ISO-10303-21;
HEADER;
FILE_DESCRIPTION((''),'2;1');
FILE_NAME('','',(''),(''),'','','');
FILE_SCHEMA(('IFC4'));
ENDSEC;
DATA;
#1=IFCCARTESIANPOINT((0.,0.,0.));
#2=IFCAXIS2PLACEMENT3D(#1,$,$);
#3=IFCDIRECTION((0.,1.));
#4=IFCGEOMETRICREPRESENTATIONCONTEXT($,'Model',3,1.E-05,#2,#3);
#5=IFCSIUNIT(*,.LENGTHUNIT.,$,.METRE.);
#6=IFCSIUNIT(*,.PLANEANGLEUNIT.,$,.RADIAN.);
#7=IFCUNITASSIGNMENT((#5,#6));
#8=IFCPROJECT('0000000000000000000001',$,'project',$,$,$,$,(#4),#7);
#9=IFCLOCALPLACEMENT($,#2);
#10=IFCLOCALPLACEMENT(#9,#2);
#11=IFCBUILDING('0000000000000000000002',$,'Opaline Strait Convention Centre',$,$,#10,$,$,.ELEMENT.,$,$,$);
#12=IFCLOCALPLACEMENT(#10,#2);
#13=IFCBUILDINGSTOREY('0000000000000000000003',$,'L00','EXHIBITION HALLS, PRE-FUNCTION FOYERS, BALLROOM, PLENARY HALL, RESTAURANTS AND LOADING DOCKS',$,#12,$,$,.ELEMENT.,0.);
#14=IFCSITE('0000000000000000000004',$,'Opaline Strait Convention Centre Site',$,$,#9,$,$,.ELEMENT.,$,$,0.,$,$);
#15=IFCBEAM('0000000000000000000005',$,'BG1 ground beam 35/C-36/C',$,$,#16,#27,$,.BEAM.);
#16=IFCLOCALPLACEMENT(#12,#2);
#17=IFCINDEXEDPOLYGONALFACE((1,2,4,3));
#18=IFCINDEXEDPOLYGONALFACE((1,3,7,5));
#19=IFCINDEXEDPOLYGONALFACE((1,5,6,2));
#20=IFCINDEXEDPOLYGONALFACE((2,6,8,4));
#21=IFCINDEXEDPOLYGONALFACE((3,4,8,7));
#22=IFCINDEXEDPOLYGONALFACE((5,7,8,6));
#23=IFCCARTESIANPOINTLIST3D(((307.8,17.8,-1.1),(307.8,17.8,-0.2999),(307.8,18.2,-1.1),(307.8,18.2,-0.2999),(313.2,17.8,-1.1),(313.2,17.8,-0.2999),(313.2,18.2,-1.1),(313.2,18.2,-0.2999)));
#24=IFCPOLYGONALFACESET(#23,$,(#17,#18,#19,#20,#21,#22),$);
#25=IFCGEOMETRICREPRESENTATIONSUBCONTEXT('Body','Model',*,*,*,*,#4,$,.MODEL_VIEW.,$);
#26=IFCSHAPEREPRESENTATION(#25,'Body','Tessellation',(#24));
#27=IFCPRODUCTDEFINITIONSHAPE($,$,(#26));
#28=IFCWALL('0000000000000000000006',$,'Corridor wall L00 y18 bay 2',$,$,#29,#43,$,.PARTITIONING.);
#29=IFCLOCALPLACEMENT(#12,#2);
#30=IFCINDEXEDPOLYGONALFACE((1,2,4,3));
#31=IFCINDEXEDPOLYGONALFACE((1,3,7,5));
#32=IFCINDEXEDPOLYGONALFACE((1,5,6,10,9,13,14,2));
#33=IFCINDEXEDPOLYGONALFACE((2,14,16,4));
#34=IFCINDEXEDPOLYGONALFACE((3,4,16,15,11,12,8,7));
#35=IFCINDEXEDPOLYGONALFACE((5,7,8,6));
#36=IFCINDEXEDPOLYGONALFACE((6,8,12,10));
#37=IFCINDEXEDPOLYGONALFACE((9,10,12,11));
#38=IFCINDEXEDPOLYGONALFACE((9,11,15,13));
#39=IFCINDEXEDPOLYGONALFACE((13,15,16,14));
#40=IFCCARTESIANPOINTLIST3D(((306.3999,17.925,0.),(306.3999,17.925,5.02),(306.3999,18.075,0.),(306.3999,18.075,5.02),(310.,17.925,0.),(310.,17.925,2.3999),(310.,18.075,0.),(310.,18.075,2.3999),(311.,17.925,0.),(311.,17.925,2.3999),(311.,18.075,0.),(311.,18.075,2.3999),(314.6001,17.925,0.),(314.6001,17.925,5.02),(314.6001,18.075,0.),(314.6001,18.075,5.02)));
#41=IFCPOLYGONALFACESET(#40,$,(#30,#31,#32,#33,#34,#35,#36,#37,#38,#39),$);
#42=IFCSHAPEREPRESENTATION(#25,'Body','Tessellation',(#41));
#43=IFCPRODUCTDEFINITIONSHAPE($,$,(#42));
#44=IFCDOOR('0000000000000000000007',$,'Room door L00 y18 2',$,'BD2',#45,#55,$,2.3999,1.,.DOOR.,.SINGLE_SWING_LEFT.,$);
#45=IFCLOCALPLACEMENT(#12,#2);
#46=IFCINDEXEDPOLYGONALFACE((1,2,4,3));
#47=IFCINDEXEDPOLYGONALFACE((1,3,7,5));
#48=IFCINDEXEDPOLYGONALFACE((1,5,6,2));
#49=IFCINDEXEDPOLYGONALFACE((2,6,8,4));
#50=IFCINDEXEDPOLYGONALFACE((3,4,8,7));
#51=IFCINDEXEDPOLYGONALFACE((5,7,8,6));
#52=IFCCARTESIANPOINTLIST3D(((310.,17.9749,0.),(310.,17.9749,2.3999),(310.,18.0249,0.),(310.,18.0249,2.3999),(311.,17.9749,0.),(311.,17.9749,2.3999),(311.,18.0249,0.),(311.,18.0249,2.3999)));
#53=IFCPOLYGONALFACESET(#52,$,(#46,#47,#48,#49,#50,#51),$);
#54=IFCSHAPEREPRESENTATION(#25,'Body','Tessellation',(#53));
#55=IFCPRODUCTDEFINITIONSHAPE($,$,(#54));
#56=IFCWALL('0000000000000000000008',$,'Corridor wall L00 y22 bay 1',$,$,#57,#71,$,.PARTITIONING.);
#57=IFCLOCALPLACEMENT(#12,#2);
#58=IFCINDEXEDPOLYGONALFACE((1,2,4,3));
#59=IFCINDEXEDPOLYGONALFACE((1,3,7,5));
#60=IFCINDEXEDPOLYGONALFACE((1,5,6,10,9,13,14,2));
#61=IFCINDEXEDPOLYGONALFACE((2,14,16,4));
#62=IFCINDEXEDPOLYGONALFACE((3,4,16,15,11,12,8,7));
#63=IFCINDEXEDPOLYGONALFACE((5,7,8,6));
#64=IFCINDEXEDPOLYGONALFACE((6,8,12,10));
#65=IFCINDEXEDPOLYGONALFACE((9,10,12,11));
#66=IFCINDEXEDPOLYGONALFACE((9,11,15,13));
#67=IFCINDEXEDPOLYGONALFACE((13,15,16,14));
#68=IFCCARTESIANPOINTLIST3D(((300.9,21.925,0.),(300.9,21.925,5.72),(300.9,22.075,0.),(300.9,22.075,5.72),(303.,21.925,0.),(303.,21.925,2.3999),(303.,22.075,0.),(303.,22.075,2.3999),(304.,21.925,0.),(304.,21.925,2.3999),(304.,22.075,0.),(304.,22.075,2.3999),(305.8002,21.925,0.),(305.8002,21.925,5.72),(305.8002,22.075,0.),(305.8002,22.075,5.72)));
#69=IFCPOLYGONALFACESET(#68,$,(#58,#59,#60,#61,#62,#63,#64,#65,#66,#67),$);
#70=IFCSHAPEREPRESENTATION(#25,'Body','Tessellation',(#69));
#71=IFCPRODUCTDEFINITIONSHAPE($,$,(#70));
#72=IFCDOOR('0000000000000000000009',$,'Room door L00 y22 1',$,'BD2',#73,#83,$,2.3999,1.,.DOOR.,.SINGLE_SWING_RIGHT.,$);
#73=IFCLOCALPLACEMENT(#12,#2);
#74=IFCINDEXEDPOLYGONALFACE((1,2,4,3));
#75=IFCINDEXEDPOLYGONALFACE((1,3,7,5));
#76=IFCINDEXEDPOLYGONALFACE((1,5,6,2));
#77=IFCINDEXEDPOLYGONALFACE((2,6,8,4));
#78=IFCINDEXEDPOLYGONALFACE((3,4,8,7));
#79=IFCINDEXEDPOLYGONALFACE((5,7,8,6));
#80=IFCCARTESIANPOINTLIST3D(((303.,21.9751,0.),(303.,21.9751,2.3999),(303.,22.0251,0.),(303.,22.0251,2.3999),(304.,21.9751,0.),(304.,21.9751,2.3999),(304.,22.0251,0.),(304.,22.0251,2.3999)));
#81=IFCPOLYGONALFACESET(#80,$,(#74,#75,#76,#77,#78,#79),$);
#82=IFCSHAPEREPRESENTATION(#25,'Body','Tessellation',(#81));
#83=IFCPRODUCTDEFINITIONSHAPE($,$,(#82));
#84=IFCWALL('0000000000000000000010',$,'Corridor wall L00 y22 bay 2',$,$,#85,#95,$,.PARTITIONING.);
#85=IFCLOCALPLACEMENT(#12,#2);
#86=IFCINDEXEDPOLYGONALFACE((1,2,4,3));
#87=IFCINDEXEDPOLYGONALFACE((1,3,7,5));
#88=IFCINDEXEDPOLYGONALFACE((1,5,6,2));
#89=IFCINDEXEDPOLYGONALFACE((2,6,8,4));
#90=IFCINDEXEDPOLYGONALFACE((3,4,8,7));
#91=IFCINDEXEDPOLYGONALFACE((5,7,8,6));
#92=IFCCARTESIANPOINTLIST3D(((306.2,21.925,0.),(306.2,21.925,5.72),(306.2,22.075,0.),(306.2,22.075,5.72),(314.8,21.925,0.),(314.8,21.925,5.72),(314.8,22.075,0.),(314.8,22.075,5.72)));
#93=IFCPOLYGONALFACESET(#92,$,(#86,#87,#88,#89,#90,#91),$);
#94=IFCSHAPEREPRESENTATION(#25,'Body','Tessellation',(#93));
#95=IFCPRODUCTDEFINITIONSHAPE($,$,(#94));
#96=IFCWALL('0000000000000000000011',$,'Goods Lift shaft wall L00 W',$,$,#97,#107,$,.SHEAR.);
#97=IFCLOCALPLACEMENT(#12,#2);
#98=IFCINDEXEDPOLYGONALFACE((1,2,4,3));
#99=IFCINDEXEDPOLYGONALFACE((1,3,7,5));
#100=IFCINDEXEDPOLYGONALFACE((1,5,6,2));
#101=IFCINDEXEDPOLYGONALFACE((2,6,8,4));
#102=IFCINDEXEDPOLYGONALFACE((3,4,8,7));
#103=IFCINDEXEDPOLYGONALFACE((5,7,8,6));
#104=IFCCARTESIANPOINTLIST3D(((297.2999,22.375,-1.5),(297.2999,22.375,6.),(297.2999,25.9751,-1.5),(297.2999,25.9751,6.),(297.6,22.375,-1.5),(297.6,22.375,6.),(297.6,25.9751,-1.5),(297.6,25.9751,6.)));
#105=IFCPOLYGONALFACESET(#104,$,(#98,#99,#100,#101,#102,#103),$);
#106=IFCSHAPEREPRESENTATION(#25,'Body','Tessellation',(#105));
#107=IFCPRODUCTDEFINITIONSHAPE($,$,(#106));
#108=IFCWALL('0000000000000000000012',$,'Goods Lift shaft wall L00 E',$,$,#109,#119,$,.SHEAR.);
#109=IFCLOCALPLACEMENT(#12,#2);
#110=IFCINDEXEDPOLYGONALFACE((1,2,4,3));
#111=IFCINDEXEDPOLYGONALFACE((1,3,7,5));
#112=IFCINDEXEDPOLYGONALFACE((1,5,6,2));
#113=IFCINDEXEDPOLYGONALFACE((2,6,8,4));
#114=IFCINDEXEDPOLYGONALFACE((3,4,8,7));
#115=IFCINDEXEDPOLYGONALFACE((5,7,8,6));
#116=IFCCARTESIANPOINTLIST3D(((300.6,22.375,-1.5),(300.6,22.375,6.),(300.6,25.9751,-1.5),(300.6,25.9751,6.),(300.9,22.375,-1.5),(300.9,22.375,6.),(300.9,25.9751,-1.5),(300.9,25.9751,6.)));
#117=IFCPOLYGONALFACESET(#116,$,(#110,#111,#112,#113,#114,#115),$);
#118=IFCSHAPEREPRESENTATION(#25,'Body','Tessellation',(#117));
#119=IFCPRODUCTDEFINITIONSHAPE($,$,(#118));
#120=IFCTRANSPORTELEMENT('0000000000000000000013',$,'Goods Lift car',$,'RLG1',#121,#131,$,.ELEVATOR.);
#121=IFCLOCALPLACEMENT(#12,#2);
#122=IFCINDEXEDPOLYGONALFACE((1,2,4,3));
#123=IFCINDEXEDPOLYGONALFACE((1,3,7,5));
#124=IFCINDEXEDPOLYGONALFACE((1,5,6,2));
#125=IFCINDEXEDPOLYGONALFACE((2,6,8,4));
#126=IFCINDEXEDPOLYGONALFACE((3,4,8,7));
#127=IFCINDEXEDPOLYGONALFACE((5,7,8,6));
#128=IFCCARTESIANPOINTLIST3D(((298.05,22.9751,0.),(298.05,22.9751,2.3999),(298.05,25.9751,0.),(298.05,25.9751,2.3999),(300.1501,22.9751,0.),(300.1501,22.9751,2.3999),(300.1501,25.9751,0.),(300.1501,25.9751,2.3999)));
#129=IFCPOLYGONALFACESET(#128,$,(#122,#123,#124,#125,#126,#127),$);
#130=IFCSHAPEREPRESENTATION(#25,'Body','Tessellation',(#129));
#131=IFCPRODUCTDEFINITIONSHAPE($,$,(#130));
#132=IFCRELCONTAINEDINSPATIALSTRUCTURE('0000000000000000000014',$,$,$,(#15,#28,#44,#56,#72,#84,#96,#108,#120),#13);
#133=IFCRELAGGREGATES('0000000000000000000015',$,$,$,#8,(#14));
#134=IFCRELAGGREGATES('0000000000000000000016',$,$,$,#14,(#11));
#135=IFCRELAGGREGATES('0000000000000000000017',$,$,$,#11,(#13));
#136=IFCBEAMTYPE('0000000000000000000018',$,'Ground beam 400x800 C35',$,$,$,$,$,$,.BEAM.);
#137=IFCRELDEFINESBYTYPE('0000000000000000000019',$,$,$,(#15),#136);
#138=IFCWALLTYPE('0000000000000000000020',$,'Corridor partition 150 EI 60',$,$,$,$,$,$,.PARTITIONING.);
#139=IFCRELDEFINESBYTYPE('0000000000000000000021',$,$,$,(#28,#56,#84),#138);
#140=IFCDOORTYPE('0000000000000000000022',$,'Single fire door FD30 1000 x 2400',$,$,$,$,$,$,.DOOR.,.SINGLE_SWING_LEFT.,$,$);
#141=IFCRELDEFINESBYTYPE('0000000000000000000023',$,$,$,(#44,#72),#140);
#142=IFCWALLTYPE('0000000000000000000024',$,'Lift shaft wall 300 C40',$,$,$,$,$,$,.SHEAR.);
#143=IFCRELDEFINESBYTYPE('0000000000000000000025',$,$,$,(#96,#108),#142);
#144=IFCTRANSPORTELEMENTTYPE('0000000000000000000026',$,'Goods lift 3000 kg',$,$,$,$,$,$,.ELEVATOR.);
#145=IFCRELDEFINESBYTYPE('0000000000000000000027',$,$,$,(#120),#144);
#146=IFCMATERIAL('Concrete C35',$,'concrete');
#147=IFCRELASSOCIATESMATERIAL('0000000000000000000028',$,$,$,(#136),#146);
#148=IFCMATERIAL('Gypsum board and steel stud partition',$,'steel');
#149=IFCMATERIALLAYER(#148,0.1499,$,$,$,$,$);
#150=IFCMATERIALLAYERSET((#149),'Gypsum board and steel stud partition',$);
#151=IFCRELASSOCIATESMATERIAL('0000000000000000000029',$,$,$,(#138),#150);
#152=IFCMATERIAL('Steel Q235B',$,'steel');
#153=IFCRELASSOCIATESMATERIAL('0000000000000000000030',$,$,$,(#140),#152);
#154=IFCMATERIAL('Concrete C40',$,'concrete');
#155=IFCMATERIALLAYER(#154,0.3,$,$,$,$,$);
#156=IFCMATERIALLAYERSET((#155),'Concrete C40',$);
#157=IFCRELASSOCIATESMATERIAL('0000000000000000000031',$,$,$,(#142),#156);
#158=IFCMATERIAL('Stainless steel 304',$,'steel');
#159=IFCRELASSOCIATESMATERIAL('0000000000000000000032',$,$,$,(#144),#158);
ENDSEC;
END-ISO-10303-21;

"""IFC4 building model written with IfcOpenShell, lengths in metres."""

from ifc_helpers import new_model, si_unit, direction, frame, frame_2d, origin, origin_2d, place, context, subcontext, project, spatial, rectangle, extrude, material, layer, layer_set, material_profile, profile_set, type_object, element, fill, save


model = new_model("IFC4")

# Units and contexts
model_context = context("Model", 3, precision=1e-05, world=origin(), true_north=direction((0.0, 1.0)))
body_context = subcontext(model_context, "Body", "Model", "MODEL_VIEW")
ifc_project = project(units=[si_unit("LENGTHUNIT", "METRE"), si_unit("PLANEANGLEUNIT", "RADIAN")], contexts=[model_context])

# Site, building, storey
site_placement = place(None, origin())
site = spatial("IfcSite", under=ifc_project, at=site_placement, Name="Opaline Strait Convention Centre Site", CompositionType="ELEMENT", RefElevation=0.0)
building_placement = place(site_placement, origin())
building = spatial("IfcBuilding", under=site, at=building_placement, Name="Opaline Strait Convention Centre", CompositionType="ELEMENT")
storey_placement = place(building_placement, origin())
storey = spatial("IfcBuildingStorey", under=building, at=storey_placement, Name="L00", Description="EXHIBITION HALLS, PRE-FUNCTION FOYERS, BALLROOM, PLENARY HALL, RESTAURANTS AND LOADING DOCKS", CompositionType="ELEMENT", Elevation=0.0)

# Shared definitions
ifc_material_1 = material(Name="Concrete C35", Category="concrete")

# Shared definitions
ifc_material_2 = material(Name="Concrete C40", Category="concrete")

# Beam
ifc_material_profile_1 = material_profile(ifc_material_1, rectangle(XDim=0.3999, YDim=0.8, at=origin_2d()), Name="RC 400x800")
ifc_profile_set_1 = profile_set([ifc_material_profile_1], Name="Concrete C35")
beam_type = type_object("IfcBeamType", Name="Ground beam 400x800 C35", PredefinedType="BEAM", material=ifc_profile_set_1)
for number, where, z_axis, x_axis, name in (
    (1, (307.8, 18.0, -0.7), (1.0, 0.0, 0.0), (0.0, 1.0, 0.0), "BG1 ground beam 35/C-36/C"),
):
    element("IfcBeam", number, at=place(storey_placement, frame(where, z_axis=z_axis, x_axis=x_axis)), inside=storey, type_object=beam_type, Name=name, PredefinedType="BEAM", context=body_context, shape_type="SweptSolid", body=[
        extrude(rectangle(XDim=0.3999, YDim=0.8, at=origin_2d()), origin(), (0.0, 0.0, 1.0), 5.3999),
    ])

# Walls, openings, doors
ifc_material_3 = material(Name="Gypsum board and steel stud partition", Category="steel")
ifc_layer_1 = layer(ifc_material_3, 0.1499)
ifc_layer_set_1 = layer_set([ifc_layer_1], Name="Gypsum board and steel stud partition")
wall_type_1 = type_object("IfcWallType", Name="Corridor partition 150 EI 60", PredefinedType="PARTITIONING", material=ifc_layer_set_1)
wall_1_placement = place(storey_placement, frame((306.3999, 18.0, 0.0), z_axis=(0.0, 0.0, 1.0), x_axis=(1.0, 0.0, 0.0)))
wall_1 = element("IfcWall", 2, at=wall_1_placement, inside=storey, type_object=wall_type_1, Name="Corridor wall L00 y18 bay 2", PredefinedType="PARTITIONING", context=body_context, shape_type="SweptSolid", body=[
    extrude(rectangle(XDim=8.2002, YDim=0.1499, at=frame_2d((4.1001, 0.0))), origin(), (0.0, 0.0, 1.0), 5.02),
])
opening_1_placement = place(wall_1_placement, frame((3.6001, 0.0, 0.0)))
opening_1 = element("IfcOpeningElement", 3, at=opening_1_placement, cuts=wall_1, PredefinedType="OPENING", context=body_context, shape_type="SweptSolid", body=[
    extrude(rectangle(XDim=1.0, YDim=2.3999, at=frame_2d((0.5, 1.2))), frame((0.0, 0.085, 0.0), z_axis=(0.0, -1.0, 0.0), x_axis=(1.0, 0.0, 0.0)), (0.0, 0.0, 1.0), 0.1699),
])
ifc_material_4 = material(Name="Steel Q235B", Category="steel")
door_type = type_object("IfcDoorType", Name="Single fire door FD30 1000 x 2400", OperationType="SINGLE_SWING_LEFT", PredefinedType="DOOR", material=ifc_material_4)
door_1_placement = place(opening_1_placement, origin())
door_1 = element("IfcDoor", 4, at=door_1_placement, inside=storey, type_object=door_type, Name="Room door L00 y18 2", ObjectType="BD2", OperationType="SINGLE_SWING_LEFT", OverallHeight=2.3999, OverallWidth=1.0, PredefinedType="DOOR", context=body_context, shape_type="SweptSolid", body=[
    extrude(rectangle(XDim=1.0, YDim=2.3999, at=frame_2d((0.5, 1.2))), frame((0.0, 0.0249, 0.0), z_axis=(0.0, -1.0, 0.0), x_axis=(1.0, 0.0, 0.0)), (0.0, 0.0, 1.0), 0.05),
])
fill(opening_1, door_1)
wall_2_placement = place(storey_placement, frame((300.8999, 22.0, 0.0), z_axis=(0.0, 0.0, 1.0), x_axis=(1.0, 0.0, 0.0)))
wall_2 = element("IfcWall", 5, at=wall_2_placement, inside=storey, type_object=wall_type_1, Name="Corridor wall L00 y22 bay 1", PredefinedType="PARTITIONING", context=body_context, shape_type="SweptSolid", body=[
    extrude(rectangle(XDim=4.9001, YDim=0.1499, at=frame_2d((2.4502, 0.0))), origin(), (0.0, 0.0, 1.0), 5.72),
])
opening_2_placement = place(wall_2_placement, frame((2.1001, 0.0, 0.0)))
opening_2 = element("IfcOpeningElement", 6, at=opening_2_placement, cuts=wall_2, PredefinedType="OPENING", context=body_context, shape_type="SweptSolid", body=[
    extrude(rectangle(XDim=1.0, YDim=2.3999, at=frame_2d((0.5, 1.2))), frame((0.0, 0.085, 0.0), z_axis=(0.0, -1.0, 0.0), x_axis=(1.0, 0.0, 0.0)), (0.0, 0.0, 1.0), 0.1699),
])
door_2_placement = place(opening_2_placement, frame((1.0, 0.0, 0.0), z_axis=(0.0, 0.0, 1.0), x_axis=(-1.0, 0.0, 0.0)))
door_2 = element("IfcDoor", 7, at=door_2_placement, inside=storey, type_object=door_type, Name="Room door L00 y22 1", ObjectType="BD2", OperationType="SINGLE_SWING_RIGHT", OverallHeight=2.3999, OverallWidth=1.0, PredefinedType="DOOR", context=body_context, shape_type="SweptSolid", body=[
    extrude(rectangle(XDim=1.0, YDim=2.3999, at=frame_2d((0.5, 1.2))), frame((0.0, 0.0249, 0.0), z_axis=(0.0, -1.0, 0.0), x_axis=(1.0, 0.0, 0.0)), (0.0, 0.0, 1.0), 0.05),
])
fill(opening_2, door_2)

# Walls
wall_3_placement = place(storey_placement, frame((306.2, 22.0, 0.0), z_axis=(0.0, 0.0, 1.0), x_axis=(1.0, 0.0, 0.0)))
element("IfcWall", 8, at=wall_3_placement, inside=storey, type_object=wall_type_1, Name="Corridor wall L00 y22 bay 2", PredefinedType="PARTITIONING", context=body_context, shape_type="SweptSolid", body=[
    extrude(rectangle(XDim=8.6001, YDim=0.1499, at=frame_2d((4.3, 0.0))), origin(), (0.0, 0.0, 1.0), 5.72),
])
ifc_layer_2 = layer(ifc_material_2, 0.3)
ifc_layer_set_2 = layer_set([ifc_layer_2], Name="Concrete C40")
wall_type_2 = type_object("IfcWallType", Name="Lift shaft wall 300 C40", PredefinedType="SHEAR", material=ifc_layer_set_2)
for number, where, z_axis, x_axis, name in (
    (9, (297.45, 22.375, -1.5), (0.0, 0.0, 1.0), (0.0, 1.0, 0.0), "Goods Lift shaft wall L00 W"),
    (10, (300.75, 22.375, -1.5), (0.0, 0.0, 1.0), (0.0, 1.0, 0.0), "Goods Lift shaft wall L00 E"),
):
    element("IfcWall", number, at=place(storey_placement, frame(where, z_axis=z_axis, x_axis=x_axis)), inside=storey, type_object=wall_type_2, Name=name, PredefinedType="SHEAR", context=body_context, shape_type="SweptSolid", body=[
        extrude(rectangle(XDim=3.6001, YDim=0.3, at=frame_2d((1.8, 0.0))), origin(), (0.0, 0.0, 1.0), 7.5),
    ])

# Transport element
ifc_material_5 = material(Name="Stainless steel 304", Category="steel")
transport_element_type = type_object("IfcTransportElementType", Name="Goods lift 3000 kg", PredefinedType="ELEVATOR", material=ifc_material_5)
transport_element_placement = place(storey_placement, frame((299.1001, 24.4751, 0.0), z_axis=(0.0, 0.0, 1.0), x_axis=(1.0, 0.0, 0.0)))
element("IfcTransportElement", 11, at=transport_element_placement, inside=storey, type_object=transport_element_type, Name="Goods Lift car", ObjectType="RLG1", PredefinedType="ELEVATOR", context=body_context, shape_type="SweptSolid", body=[
    extrude(rectangle(XDim=2.1001, YDim=3.0, at=origin_2d()), origin(), (0.0, 0.0, 1.0), 2.3999),
])

save(model, "model.ifc")
